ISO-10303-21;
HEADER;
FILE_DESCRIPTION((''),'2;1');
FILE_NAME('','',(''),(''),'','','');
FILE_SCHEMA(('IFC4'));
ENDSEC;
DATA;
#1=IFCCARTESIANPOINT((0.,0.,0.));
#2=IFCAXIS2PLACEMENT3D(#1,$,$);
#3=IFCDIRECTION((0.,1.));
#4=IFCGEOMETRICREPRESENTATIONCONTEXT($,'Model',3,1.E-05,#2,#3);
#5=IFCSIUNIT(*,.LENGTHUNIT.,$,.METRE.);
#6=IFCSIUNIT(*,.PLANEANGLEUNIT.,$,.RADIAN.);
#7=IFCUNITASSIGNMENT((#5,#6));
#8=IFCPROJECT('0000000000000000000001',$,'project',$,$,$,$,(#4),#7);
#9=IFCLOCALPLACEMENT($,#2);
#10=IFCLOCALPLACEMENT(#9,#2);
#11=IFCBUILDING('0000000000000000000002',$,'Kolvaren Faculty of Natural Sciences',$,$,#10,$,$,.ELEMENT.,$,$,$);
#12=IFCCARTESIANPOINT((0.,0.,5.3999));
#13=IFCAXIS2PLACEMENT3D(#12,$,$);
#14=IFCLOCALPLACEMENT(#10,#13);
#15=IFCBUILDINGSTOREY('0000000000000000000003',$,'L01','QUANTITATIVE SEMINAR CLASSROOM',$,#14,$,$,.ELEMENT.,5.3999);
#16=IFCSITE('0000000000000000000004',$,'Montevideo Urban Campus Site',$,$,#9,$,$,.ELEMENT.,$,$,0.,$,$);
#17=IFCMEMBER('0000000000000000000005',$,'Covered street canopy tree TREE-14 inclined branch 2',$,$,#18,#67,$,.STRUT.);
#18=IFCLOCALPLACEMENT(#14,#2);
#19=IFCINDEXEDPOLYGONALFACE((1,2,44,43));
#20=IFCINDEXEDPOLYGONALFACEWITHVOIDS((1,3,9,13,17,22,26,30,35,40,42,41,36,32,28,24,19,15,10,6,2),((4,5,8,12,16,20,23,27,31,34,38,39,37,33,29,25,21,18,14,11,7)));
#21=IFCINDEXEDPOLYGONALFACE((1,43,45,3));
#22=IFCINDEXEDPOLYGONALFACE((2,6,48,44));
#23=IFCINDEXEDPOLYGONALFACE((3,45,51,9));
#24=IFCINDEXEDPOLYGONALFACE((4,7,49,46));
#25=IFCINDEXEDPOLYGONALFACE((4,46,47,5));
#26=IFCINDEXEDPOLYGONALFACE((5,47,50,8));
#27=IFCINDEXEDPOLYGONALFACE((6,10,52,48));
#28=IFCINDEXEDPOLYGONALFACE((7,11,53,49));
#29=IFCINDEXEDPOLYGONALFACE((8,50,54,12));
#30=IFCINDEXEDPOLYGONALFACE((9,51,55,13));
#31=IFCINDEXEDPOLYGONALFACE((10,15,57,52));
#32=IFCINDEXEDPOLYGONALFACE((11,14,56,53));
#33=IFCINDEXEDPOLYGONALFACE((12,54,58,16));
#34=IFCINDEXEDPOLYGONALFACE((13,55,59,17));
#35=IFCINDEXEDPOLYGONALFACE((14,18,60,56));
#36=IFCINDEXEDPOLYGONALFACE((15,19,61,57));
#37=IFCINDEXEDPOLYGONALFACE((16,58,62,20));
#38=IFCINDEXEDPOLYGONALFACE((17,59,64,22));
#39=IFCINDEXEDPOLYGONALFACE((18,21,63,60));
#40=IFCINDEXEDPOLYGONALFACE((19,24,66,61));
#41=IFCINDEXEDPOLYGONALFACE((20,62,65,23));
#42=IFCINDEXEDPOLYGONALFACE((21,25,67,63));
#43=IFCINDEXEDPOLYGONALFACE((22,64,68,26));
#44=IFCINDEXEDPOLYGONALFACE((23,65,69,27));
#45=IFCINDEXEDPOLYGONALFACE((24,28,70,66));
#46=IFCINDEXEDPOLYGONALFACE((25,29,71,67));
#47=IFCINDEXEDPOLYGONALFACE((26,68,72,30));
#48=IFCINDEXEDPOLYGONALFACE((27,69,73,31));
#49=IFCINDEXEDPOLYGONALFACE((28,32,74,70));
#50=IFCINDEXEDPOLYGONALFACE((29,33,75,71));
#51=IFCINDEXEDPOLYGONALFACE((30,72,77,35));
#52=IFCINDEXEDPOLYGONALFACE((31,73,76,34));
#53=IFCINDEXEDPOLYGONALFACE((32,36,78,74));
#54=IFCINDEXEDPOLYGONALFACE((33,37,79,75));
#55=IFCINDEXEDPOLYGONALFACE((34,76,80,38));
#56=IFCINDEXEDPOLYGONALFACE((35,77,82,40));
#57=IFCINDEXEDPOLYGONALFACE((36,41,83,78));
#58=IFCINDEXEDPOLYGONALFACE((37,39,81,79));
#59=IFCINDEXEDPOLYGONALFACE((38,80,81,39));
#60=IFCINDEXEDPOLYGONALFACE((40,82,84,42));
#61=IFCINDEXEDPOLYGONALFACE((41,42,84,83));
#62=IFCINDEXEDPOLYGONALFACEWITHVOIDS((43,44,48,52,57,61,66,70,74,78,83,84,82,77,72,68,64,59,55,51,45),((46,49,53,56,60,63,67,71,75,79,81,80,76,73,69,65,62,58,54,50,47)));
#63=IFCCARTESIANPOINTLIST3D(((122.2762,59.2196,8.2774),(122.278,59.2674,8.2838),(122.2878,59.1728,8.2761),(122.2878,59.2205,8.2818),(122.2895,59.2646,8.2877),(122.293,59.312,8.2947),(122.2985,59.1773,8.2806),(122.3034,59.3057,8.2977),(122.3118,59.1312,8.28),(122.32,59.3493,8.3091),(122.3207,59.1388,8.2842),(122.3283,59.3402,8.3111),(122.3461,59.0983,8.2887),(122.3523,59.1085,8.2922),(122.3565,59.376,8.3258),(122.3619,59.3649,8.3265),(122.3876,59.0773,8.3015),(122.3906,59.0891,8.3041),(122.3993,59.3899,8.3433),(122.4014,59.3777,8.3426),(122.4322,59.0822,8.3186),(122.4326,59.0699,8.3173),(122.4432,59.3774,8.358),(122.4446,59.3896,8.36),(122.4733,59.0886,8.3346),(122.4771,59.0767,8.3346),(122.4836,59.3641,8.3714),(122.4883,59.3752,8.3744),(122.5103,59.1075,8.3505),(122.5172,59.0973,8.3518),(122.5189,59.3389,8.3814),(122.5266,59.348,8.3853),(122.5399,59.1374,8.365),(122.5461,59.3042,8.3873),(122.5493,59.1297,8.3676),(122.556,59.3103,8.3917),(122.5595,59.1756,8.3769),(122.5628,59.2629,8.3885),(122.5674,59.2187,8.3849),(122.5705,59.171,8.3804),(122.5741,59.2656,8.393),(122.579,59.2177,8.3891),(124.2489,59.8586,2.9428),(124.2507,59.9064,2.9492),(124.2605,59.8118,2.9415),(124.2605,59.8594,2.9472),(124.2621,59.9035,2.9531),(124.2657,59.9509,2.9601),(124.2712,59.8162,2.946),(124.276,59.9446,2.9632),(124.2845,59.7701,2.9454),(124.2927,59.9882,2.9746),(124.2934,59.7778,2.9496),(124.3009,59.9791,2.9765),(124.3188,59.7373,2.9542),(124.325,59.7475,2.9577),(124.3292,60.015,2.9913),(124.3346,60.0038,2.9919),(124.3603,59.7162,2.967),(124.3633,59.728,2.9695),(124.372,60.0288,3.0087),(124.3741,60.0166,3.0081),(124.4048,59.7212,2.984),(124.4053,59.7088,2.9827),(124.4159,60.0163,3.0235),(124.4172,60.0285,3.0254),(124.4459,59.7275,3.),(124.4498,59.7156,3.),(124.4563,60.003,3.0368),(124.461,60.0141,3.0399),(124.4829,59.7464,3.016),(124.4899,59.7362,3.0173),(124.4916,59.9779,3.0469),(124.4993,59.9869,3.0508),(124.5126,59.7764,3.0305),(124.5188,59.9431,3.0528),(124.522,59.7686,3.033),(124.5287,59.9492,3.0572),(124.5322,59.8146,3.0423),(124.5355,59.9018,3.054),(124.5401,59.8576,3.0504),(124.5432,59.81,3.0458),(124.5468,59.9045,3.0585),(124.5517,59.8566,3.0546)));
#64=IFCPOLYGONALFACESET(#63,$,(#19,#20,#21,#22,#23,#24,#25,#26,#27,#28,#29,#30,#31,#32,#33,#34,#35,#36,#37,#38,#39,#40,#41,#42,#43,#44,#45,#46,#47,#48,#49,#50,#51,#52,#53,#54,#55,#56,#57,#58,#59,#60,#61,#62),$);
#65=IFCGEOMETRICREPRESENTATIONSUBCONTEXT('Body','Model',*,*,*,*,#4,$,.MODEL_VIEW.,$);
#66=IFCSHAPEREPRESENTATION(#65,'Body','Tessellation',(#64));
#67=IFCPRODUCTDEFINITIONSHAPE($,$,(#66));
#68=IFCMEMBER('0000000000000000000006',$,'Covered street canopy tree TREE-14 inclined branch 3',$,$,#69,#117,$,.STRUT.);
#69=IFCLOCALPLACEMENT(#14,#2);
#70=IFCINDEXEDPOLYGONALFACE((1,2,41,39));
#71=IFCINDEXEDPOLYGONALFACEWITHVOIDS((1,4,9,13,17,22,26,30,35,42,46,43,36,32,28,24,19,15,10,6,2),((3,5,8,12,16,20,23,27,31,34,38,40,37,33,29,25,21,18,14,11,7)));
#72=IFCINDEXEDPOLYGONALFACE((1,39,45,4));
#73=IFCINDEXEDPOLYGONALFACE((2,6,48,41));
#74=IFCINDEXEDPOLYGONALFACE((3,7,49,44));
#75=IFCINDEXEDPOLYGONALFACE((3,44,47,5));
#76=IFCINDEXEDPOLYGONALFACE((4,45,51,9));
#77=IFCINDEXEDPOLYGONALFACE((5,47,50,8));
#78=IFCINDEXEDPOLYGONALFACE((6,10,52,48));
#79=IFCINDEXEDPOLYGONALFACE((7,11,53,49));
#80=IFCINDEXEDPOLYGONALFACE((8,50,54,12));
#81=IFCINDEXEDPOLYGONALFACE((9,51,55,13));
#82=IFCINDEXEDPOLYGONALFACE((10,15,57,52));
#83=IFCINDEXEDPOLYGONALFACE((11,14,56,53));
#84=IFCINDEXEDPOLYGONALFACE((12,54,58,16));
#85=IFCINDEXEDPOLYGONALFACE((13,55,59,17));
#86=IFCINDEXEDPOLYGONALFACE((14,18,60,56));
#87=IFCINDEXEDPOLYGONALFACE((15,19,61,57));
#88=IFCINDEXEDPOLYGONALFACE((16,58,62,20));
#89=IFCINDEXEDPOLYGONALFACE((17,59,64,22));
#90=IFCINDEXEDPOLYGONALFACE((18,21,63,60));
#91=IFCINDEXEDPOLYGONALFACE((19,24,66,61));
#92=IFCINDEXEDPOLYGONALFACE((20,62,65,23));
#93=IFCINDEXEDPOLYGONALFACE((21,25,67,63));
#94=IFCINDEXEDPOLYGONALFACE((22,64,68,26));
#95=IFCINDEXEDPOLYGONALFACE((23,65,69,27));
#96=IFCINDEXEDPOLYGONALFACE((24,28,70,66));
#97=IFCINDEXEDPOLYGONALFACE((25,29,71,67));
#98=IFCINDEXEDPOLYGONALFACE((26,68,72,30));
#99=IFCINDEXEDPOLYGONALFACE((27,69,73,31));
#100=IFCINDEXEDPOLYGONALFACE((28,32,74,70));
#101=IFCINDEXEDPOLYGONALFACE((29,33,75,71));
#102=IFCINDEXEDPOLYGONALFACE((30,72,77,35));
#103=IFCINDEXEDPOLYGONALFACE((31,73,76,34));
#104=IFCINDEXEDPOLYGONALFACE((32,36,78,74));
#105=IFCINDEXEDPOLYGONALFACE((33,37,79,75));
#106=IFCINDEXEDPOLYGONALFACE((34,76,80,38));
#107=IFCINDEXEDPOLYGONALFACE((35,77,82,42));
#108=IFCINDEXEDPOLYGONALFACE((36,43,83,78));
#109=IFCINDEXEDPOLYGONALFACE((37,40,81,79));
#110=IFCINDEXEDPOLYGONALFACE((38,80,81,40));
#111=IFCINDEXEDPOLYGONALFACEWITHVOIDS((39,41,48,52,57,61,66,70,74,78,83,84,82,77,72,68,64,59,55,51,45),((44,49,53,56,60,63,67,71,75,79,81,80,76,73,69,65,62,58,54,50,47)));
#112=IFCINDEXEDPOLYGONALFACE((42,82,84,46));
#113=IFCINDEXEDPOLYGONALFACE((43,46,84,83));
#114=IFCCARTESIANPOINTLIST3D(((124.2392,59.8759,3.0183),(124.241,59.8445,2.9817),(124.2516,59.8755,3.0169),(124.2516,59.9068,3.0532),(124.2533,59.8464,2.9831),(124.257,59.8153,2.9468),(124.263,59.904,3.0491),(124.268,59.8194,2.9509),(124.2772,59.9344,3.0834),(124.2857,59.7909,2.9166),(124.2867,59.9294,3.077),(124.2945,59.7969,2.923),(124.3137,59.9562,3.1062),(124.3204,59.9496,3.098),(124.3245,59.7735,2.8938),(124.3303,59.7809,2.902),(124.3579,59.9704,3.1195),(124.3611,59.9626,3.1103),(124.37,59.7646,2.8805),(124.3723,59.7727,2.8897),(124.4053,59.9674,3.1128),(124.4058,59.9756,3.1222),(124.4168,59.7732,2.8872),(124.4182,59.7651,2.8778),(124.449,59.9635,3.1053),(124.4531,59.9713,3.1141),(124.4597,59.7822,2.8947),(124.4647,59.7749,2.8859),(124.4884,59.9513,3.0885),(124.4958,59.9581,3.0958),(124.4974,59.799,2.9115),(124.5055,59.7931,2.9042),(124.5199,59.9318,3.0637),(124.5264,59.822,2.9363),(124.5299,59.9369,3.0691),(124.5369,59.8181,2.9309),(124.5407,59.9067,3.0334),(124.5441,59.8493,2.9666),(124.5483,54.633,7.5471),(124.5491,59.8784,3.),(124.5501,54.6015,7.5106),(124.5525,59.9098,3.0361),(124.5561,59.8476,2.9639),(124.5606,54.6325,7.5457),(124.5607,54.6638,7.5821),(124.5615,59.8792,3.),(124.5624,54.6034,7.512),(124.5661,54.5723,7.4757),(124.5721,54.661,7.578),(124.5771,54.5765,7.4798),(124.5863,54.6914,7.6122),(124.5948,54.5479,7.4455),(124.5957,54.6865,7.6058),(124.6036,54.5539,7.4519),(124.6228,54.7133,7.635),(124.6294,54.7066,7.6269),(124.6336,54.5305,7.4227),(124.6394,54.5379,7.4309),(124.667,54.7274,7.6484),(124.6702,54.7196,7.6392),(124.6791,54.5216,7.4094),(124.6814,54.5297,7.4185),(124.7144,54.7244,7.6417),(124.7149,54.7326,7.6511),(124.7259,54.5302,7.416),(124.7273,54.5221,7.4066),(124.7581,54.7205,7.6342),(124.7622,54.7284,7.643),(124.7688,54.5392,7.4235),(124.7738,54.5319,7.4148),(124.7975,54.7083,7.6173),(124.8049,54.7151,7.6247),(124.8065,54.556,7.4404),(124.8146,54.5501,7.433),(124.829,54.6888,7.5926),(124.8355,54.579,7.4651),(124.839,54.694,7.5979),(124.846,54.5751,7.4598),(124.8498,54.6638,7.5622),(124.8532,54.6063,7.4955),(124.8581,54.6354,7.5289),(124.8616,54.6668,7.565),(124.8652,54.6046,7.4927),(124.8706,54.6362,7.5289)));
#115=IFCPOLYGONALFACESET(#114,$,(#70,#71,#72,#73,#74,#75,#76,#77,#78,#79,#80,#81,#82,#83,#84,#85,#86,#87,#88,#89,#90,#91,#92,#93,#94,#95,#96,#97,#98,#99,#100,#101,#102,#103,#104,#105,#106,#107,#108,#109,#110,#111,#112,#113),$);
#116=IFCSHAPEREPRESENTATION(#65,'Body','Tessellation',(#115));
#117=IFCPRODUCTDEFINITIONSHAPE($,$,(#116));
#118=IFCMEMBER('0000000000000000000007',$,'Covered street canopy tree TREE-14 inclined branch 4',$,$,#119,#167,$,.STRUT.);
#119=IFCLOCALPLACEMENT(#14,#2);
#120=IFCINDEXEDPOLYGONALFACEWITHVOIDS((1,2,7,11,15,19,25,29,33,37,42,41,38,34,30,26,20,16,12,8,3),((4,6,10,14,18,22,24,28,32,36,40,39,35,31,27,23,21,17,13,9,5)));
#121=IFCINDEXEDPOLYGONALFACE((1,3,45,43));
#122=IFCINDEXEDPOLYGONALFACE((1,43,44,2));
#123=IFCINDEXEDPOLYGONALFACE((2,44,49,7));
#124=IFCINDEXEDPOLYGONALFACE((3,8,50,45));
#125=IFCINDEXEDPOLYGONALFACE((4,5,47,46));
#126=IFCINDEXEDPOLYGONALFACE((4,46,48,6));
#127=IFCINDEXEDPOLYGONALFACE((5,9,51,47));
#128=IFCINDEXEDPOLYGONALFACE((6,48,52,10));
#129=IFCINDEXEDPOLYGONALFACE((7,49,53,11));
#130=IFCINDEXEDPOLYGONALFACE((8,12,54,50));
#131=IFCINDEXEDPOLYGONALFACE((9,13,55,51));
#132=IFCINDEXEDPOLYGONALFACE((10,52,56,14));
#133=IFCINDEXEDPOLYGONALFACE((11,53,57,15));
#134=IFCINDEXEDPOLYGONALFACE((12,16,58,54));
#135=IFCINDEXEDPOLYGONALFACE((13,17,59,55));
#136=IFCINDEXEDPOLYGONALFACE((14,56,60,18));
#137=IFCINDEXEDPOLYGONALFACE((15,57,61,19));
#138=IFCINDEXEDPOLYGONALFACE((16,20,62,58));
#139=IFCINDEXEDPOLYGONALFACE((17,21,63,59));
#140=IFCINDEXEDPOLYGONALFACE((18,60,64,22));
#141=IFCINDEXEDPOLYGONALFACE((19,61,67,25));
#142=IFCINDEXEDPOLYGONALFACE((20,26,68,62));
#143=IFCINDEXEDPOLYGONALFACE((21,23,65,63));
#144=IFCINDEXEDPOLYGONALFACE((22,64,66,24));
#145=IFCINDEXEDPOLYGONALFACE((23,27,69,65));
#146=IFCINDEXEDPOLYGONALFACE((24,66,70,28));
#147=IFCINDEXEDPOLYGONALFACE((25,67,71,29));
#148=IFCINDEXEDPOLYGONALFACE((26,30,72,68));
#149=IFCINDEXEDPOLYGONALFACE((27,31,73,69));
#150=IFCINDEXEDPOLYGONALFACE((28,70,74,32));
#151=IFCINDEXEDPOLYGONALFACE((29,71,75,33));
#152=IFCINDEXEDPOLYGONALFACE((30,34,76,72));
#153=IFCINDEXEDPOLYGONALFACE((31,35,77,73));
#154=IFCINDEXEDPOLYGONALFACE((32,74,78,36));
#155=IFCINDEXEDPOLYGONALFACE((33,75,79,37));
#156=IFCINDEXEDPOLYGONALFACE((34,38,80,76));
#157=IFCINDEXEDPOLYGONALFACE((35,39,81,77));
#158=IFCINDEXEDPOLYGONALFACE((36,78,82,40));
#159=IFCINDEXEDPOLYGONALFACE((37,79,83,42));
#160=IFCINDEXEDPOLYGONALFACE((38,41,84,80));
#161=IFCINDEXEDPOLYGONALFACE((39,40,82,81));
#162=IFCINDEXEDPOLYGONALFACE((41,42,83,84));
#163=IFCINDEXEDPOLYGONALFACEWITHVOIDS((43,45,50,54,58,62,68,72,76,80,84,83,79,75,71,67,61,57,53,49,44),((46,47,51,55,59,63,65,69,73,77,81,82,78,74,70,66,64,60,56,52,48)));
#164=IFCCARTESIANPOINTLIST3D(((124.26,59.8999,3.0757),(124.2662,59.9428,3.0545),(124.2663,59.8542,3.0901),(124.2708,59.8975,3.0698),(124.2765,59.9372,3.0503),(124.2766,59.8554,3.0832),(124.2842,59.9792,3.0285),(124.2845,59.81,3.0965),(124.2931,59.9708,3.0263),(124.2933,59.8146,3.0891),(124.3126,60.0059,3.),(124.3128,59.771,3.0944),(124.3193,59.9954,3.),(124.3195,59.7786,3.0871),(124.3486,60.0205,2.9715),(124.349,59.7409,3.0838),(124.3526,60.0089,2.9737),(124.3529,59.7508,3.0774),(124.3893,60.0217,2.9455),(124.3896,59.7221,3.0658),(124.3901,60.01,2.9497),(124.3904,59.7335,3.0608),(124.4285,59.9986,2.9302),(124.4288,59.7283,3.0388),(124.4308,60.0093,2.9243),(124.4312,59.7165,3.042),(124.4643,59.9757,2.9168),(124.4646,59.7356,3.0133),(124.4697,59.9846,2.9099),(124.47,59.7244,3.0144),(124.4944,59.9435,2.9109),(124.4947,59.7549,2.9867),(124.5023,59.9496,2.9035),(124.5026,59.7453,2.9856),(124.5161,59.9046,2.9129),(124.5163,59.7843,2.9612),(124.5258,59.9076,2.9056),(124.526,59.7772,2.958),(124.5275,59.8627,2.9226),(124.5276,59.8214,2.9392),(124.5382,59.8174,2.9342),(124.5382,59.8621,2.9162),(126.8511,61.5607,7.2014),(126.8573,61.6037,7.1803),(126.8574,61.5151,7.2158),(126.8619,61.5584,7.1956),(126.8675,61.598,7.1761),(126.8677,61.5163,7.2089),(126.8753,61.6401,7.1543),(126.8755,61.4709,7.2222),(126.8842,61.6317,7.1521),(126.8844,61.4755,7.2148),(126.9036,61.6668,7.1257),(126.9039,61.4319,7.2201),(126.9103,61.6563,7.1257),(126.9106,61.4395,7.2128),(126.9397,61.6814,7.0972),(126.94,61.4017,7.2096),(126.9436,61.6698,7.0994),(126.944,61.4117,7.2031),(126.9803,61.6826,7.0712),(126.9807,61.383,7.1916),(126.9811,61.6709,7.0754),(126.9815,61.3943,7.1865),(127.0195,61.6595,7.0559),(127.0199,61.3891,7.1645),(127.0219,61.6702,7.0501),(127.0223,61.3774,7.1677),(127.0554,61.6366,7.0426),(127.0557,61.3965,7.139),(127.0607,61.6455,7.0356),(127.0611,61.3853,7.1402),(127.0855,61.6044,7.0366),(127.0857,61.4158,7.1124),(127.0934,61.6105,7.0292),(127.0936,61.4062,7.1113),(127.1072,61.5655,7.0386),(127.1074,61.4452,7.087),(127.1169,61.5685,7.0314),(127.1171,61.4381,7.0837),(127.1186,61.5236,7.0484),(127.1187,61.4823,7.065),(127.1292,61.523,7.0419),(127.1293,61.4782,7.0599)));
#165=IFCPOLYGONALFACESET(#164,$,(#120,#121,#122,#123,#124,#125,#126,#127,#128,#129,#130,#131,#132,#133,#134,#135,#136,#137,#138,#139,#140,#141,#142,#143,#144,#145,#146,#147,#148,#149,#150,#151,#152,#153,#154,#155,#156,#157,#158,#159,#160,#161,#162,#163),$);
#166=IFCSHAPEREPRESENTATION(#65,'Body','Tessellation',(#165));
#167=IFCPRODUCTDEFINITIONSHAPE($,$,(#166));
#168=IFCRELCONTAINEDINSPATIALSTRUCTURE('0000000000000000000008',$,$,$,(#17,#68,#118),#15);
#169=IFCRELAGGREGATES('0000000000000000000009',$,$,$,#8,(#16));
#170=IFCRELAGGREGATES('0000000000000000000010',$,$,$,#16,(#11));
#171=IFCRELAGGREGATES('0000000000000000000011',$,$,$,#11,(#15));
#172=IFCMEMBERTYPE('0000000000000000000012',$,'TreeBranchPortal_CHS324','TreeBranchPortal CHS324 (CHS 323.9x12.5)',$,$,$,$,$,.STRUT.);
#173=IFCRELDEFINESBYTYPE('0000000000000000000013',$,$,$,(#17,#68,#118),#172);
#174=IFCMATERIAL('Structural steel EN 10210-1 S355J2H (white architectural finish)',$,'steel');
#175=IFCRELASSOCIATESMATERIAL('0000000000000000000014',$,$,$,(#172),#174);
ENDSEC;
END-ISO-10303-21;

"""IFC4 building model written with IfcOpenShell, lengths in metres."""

from ifc_helpers import new_model, si_unit, direction, frame, origin, origin_2d, place, context, subcontext, project, spatial, hollow_circle, extrude, material, material_profile, profile_set, type_object, element, save


model = new_model("IFC4")

# Units and contexts
model_context = context("Model", 3, precision=1e-05, world=origin(), true_north=direction((0.0, 1.0)))
body_context = subcontext(model_context, "Body", "Model", "MODEL_VIEW")
ifc_project = project(units=[si_unit("LENGTHUNIT", "METRE"), si_unit("PLANEANGLEUNIT", "RADIAN")], contexts=[model_context])

# Site, building, storey
site_placement = place(None, origin())
site = spatial("IfcSite", under=ifc_project, at=site_placement, Name="Montevideo Urban Campus Site", CompositionType="ELEMENT", RefElevation=0.0)
building_placement = place(site_placement, origin())
building = spatial("IfcBuilding", under=site, at=building_placement, Name="Kolvaren Faculty of Natural Sciences", CompositionType="ELEMENT")
storey_placement = place(building_placement, frame((0.0, 0.0, 5.3999)))
storey = spatial("IfcBuildingStorey", under=building, at=storey_placement, Name="L01", Description="QUANTITATIVE SEMINAR CLASSROOM", CompositionType="ELEMENT", Elevation=5.3999)

# Members
ifc_material_1 = material(Name="Structural steel EN 10210-1 S355J2H (white architectural finish)", Category="steel")
ifc_material_profile_1 = material_profile(ifc_material_1, hollow_circle(Radius=0.1619, WallThickness=0.0125, at=origin_2d()), Name="CHS 323.9x12.5")
ifc_profile_set_1 = profile_set([ifc_material_profile_1], Name="Structural steel EN 10210-1 S355J2H (white architectural finish)")
member_type_1 = type_object("IfcMemberType", Name="TreeBranchPortal_CHS324", Description="TreeBranchPortal CHS324 (CHS 323.9x12.5)", PredefinedType="STRUT", material=ifc_profile_set_1)
member_1_placement = place(storey_placement, frame((124.3999, 59.8696, 3.0), z_axis=(-0.344671, -0.111634, 0.932062), x_axis=(0.308127, -0.951345, 0.0)))
element("IfcMember", 1, at=member_1_placement, inside=storey, type_object=member_type_1, Name="Covered street canopy tree TREE-14 inclined branch 2", PredefinedType="STRUT", context=body_context, shape_type="SweptSolid", body=[
    extrude(hollow_circle(Radius=0.1619, WallThickness=0.0125, at=origin_2d()), origin(), (0.0, 0.0, 1.0), 5.7234),
])
member_2_placement = place(storey_placement, frame((124.3999, 59.8696, 3.0), z_axis=(0.044569, -0.756012, 0.653039), x_axis=(0.998267, 0.05885, 0.0)))
element("IfcMember", 2, at=member_2_placement, inside=storey, type_object=member_type_1, Name="Covered street canopy tree TREE-14 inclined branch 3", PredefinedType="STRUT", context=body_context, shape_type="SweptSolid", body=[
    extrude(hollow_circle(Radius=0.1619, WallThickness=0.0125, at=origin_2d()), origin(), (0.0, 0.0, 1.0), 6.9351),
])
member_3_placement = place(storey_placement, frame((124.3999, 59.8696, 3.0), z_axis=(0.503391, 0.322677, 0.801546), x_axis=(-0.539655, 0.841887, 0.0)))
element("IfcMember", 3, at=member_3_placement, inside=storey, type_object=member_type_1, Name="Covered street canopy tree TREE-14 inclined branch 4", PredefinedType="STRUT", context=body_context, shape_type="SweptSolid", body=[
    extrude(hollow_circle(Radius=0.1619, WallThickness=0.0125, at=origin_2d()), origin(), (0.0, 0.0, 1.0), 5.1472),
])

save(model, "model.ifc")
